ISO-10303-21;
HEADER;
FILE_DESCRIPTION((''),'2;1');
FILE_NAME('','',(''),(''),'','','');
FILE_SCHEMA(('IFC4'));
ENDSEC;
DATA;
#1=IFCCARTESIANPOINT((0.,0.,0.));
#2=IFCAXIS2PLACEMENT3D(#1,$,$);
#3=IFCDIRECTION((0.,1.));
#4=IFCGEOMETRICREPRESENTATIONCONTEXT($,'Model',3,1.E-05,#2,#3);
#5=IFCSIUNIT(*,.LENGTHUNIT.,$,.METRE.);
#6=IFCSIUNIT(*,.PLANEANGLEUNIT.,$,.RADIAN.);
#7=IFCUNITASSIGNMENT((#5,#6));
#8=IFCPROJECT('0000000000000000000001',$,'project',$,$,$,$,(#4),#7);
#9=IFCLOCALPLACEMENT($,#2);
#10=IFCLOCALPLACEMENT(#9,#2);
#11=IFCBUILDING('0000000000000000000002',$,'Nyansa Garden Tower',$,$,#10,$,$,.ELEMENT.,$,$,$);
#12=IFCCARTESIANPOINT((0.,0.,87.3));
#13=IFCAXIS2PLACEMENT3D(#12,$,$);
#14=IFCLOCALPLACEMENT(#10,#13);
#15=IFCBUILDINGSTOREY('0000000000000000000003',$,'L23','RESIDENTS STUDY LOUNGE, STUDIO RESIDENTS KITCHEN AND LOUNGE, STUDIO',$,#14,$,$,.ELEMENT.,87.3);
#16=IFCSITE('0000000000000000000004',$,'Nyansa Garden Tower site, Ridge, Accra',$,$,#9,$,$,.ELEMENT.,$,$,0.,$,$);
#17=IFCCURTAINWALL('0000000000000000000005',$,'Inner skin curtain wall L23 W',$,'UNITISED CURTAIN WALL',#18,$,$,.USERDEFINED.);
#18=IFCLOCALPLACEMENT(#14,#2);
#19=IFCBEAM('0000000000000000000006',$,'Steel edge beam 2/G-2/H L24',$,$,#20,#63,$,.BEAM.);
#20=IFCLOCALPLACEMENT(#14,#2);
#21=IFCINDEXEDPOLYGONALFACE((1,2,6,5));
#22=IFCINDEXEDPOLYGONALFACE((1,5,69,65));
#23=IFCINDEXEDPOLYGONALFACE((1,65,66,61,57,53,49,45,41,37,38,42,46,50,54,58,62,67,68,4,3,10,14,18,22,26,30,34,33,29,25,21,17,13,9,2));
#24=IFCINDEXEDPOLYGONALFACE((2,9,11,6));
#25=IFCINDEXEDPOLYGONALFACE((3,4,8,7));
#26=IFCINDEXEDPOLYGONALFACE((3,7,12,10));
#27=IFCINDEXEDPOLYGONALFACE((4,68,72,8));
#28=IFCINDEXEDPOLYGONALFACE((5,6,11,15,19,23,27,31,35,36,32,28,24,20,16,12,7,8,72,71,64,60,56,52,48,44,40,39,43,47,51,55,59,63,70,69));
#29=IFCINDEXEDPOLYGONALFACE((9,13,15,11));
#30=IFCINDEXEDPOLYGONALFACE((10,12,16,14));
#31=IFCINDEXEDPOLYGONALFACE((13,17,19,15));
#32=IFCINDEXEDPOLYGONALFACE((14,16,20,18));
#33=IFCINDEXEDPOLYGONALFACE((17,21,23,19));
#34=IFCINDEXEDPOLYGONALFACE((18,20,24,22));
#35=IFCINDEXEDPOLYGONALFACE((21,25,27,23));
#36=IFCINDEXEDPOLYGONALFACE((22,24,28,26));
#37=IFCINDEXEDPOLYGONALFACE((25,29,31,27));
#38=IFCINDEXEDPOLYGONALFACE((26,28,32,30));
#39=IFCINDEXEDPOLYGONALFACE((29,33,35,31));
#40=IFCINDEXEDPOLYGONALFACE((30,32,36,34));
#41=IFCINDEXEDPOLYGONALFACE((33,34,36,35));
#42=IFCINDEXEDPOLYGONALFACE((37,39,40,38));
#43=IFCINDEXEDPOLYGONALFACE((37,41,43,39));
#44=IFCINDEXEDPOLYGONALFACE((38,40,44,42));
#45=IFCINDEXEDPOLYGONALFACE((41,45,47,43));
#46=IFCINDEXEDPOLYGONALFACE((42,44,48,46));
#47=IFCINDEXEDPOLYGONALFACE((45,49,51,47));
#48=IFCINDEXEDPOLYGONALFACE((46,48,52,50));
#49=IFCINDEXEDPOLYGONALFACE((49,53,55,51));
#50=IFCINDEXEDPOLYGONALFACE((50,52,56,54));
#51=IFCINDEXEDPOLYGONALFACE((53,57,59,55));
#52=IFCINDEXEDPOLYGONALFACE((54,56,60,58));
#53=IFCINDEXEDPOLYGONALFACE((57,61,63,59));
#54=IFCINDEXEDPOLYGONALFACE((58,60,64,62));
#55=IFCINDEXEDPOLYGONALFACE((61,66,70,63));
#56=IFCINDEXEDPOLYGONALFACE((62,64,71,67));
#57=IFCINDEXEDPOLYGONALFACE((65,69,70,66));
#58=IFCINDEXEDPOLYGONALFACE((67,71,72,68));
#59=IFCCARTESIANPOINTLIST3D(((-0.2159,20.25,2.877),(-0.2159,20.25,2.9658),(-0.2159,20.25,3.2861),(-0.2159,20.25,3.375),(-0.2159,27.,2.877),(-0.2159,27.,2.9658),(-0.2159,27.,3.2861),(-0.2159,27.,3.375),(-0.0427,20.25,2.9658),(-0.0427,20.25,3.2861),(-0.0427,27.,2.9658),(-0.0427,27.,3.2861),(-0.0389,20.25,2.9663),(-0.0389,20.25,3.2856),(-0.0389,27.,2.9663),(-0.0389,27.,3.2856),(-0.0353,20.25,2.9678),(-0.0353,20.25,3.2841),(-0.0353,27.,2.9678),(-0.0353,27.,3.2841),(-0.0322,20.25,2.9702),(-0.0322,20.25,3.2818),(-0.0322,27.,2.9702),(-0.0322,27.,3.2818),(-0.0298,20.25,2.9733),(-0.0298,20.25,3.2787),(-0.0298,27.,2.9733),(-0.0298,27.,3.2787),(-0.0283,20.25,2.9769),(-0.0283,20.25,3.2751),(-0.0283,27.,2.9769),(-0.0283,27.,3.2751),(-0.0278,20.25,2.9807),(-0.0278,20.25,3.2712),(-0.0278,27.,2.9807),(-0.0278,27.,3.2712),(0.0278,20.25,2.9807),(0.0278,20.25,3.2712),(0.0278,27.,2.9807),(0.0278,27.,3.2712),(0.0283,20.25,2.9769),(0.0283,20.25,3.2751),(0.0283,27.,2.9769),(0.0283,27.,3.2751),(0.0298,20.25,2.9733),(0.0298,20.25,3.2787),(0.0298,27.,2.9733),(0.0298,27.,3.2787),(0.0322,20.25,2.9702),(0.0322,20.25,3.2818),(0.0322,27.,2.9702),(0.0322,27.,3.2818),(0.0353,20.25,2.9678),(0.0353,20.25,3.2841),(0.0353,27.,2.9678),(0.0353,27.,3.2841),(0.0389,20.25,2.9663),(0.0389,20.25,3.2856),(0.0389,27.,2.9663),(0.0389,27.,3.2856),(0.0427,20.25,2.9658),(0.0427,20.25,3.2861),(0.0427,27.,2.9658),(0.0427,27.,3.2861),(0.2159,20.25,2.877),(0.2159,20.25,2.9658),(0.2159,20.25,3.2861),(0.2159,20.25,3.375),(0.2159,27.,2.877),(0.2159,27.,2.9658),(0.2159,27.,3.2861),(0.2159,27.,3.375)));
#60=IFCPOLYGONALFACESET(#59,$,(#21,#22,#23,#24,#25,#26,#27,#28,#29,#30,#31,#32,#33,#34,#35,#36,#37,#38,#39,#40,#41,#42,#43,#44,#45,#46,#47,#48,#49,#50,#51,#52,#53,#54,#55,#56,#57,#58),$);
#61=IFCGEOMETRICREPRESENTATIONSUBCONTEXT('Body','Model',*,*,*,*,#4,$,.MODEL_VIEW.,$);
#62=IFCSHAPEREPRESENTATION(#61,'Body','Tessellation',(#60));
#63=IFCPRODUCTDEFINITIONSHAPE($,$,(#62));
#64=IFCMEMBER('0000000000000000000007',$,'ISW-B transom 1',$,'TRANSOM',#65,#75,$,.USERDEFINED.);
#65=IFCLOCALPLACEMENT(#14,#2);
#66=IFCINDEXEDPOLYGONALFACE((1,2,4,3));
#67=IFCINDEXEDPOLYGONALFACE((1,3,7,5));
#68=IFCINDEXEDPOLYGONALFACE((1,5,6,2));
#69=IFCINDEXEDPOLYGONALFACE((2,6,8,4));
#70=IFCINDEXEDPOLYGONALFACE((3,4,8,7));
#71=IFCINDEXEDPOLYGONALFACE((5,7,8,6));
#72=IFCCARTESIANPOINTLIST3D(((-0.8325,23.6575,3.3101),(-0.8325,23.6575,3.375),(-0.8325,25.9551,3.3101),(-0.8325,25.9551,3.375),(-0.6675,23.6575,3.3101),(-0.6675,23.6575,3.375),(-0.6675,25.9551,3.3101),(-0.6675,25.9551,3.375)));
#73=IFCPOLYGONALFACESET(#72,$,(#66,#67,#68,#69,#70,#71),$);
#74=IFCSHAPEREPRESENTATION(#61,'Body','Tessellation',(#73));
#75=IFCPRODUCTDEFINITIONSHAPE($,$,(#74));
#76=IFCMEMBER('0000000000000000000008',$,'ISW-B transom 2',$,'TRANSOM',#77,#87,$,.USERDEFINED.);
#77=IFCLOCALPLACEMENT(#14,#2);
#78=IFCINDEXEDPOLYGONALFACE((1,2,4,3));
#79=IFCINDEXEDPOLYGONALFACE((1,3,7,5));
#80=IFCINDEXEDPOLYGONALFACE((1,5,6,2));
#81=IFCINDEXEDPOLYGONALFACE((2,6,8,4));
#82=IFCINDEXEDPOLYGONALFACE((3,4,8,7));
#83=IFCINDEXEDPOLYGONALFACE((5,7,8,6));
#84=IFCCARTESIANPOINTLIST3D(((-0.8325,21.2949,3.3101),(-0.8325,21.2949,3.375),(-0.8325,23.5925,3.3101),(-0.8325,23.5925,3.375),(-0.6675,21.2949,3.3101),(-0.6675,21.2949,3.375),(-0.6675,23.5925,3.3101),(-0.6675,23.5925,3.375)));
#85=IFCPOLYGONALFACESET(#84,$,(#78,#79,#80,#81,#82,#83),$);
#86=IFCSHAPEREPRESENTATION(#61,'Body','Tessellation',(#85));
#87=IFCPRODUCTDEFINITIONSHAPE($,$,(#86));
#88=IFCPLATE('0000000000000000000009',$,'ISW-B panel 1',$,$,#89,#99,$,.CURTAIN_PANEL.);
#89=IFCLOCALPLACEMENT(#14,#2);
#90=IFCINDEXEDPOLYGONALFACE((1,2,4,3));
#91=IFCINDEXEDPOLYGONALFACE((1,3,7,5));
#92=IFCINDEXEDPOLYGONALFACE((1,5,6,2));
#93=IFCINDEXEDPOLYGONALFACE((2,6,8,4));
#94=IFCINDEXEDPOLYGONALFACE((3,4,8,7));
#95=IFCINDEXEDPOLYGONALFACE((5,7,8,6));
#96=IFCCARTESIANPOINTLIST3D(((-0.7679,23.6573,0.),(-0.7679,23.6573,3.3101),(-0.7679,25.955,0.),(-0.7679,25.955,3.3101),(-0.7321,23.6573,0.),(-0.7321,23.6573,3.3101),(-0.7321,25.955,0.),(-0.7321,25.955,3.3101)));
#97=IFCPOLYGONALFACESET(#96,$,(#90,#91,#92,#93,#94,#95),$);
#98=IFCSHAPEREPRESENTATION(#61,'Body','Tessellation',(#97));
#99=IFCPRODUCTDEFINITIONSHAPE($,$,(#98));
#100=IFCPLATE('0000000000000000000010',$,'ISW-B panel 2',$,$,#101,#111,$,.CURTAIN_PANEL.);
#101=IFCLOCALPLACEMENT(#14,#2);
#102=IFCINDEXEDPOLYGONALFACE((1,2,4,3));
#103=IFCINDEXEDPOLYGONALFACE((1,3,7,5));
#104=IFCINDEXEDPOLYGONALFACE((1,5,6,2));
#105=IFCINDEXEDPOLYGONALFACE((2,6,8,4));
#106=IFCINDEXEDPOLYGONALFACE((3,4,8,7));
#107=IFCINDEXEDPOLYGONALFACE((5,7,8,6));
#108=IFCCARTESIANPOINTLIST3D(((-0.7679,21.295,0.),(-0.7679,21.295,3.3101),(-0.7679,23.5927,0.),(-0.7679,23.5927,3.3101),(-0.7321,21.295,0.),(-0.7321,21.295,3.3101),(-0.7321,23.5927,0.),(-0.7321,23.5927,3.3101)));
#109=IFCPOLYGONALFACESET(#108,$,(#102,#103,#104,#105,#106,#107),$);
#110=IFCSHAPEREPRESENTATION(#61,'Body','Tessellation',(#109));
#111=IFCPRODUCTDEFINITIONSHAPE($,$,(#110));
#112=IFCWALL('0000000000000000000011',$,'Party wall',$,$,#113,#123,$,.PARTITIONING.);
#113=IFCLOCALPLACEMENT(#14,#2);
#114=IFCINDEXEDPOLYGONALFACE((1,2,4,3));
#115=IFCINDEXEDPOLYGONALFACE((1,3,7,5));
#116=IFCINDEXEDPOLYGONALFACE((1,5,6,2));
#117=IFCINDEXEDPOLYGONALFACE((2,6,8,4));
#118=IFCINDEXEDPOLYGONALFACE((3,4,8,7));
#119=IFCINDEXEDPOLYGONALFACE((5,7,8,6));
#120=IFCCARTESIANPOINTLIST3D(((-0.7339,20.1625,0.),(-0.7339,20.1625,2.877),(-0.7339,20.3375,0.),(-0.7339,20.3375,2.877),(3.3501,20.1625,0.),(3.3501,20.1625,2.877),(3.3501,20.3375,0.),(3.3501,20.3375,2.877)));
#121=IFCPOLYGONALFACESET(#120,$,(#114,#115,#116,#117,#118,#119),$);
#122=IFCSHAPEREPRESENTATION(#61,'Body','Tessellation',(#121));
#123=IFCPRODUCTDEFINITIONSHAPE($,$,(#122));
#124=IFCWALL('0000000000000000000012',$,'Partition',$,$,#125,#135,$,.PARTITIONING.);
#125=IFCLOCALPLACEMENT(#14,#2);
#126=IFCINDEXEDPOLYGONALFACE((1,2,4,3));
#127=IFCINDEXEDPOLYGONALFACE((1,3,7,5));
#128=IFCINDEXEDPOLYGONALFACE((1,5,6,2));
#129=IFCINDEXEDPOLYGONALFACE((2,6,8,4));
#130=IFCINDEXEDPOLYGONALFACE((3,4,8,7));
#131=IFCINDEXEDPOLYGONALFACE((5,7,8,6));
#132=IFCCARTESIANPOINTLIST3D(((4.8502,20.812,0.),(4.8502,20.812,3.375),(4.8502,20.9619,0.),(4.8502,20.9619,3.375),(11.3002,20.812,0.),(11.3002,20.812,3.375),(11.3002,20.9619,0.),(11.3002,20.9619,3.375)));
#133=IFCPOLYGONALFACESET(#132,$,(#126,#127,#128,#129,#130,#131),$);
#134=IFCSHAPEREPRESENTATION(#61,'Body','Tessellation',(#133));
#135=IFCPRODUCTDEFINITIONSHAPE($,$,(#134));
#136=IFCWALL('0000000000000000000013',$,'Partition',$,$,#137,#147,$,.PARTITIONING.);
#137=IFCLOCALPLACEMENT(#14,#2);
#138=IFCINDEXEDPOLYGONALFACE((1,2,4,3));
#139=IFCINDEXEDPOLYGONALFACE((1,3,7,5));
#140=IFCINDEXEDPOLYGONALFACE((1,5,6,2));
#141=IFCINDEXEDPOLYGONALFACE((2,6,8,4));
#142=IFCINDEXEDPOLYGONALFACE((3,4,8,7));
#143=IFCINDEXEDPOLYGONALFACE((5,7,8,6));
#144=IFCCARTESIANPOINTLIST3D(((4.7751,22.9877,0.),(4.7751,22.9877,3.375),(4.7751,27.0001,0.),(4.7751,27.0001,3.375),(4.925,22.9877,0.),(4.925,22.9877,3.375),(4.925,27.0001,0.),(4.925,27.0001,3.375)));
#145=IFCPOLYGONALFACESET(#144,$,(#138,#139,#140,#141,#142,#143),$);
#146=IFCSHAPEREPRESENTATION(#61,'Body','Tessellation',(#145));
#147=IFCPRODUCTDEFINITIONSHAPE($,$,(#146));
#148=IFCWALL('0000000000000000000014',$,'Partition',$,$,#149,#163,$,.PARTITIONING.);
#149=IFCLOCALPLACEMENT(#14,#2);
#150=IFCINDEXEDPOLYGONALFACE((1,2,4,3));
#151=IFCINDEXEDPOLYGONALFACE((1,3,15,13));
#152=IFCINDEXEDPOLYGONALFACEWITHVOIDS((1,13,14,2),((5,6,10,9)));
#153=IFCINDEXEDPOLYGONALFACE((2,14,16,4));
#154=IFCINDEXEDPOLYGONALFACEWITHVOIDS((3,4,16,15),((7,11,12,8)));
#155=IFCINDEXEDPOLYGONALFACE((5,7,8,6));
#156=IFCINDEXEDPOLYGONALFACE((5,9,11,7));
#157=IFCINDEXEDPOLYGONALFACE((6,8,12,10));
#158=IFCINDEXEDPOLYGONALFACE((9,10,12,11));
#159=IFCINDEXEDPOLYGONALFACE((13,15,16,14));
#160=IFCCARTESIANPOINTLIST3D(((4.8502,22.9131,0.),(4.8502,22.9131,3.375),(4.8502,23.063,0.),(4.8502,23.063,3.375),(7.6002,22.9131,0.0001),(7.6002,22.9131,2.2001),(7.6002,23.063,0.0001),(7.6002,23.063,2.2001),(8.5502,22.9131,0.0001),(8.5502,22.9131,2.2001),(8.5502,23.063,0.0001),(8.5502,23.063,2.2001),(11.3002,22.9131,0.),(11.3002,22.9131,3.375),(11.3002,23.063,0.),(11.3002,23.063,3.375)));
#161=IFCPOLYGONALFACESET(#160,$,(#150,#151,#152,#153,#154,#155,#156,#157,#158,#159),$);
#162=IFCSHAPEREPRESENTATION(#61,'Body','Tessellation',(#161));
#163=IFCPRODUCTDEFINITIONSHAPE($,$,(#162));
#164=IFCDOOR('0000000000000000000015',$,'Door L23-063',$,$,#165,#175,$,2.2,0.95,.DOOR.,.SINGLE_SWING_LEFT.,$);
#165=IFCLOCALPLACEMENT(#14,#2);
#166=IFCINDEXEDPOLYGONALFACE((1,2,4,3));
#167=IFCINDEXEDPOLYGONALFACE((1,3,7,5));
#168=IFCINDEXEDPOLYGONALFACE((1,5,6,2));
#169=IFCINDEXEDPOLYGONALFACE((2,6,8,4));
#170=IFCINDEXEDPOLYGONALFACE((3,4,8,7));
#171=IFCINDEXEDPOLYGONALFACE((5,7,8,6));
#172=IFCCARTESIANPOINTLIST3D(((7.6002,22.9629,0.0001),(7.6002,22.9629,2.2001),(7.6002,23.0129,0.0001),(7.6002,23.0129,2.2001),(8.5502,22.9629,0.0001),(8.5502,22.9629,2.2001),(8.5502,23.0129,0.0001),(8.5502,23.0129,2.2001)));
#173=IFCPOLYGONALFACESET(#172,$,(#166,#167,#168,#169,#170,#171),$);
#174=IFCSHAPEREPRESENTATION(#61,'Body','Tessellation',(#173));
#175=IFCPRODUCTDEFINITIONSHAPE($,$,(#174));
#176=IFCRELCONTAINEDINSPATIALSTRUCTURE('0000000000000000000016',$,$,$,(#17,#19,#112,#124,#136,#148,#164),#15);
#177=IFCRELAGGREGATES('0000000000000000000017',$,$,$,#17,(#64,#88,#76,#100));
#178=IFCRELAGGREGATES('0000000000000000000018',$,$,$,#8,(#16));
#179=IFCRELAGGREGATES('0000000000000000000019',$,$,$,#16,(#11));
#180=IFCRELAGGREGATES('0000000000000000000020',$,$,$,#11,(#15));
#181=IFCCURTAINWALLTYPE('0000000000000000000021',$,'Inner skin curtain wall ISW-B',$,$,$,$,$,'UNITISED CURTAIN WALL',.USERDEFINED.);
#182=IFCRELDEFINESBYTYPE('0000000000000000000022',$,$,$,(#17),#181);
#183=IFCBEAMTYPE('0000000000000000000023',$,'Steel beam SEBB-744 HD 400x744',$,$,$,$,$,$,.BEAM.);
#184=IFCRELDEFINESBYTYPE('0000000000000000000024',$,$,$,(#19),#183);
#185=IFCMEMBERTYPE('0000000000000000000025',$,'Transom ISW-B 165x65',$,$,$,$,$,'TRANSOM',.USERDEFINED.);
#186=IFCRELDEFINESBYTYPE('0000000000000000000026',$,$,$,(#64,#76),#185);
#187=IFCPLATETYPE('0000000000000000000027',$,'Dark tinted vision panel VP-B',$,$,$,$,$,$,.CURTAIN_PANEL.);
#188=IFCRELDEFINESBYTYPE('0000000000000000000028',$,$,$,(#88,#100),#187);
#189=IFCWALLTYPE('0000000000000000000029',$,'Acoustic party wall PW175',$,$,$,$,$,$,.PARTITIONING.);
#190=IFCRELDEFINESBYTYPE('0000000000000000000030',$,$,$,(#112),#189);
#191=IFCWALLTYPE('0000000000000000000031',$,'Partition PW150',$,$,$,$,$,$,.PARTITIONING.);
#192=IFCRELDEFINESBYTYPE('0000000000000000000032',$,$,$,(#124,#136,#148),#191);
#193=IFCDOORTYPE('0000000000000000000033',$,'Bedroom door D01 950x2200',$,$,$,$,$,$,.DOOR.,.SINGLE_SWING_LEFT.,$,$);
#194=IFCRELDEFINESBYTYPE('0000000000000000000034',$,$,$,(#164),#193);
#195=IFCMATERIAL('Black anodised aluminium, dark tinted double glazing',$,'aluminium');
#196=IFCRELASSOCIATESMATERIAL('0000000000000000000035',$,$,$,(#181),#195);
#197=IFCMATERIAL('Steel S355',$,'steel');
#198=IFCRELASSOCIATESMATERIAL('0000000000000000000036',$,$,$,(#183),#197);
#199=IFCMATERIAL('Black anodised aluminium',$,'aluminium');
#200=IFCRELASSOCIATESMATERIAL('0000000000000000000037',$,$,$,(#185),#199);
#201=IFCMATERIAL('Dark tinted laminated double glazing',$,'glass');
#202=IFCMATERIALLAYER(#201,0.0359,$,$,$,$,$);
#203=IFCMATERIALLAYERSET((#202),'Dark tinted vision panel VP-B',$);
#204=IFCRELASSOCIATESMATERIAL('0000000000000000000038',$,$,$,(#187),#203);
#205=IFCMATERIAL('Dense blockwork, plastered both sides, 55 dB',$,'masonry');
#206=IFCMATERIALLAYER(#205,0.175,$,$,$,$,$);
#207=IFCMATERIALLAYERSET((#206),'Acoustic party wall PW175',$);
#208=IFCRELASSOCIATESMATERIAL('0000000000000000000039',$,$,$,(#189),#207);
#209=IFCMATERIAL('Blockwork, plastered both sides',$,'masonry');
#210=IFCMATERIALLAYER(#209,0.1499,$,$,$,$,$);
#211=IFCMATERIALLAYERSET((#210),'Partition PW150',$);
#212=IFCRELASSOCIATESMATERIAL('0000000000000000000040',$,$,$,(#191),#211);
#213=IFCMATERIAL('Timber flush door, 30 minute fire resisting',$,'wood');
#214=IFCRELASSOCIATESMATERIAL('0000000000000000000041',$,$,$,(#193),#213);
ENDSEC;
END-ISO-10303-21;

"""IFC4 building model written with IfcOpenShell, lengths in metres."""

from ifc_helpers import new_model, si_unit, direction, frame, frame_2d, origin, origin_2d, place, context, subcontext, project, spatial, rectangle, i_section, extrude, material, layer, layer_set, material_profile, profile_set, type_object, element, fill, aggregate, save


model = new_model("IFC4")

# Units and contexts
model_context = context("Model", 3, precision=1e-05, world=origin(), true_north=direction((0.0, 1.0)))
body_context = subcontext(model_context, "Body", "Model", "MODEL_VIEW")
ifc_project = project(units=[si_unit("LENGTHUNIT", "METRE"), si_unit("PLANEANGLEUNIT", "RADIAN")], contexts=[model_context])

# Site, building, storey
site_placement = place(None, origin())
site = spatial("IfcSite", under=ifc_project, at=site_placement, Name="Nyansa Garden Tower site, Ridge, Accra", CompositionType="ELEMENT", RefElevation=0.0)
building_placement = place(site_placement, origin())
building = spatial("IfcBuilding", under=site, at=building_placement, Name="Nyansa Garden Tower", CompositionType="ELEMENT")
storey_placement = place(building_placement, frame((0.0, 0.0, 87.3)))
storey = spatial("IfcBuildingStorey", under=building, at=storey_placement, Name="L23", Description="RESIDENTS STUDY LOUNGE, STUDIO RESIDENTS KITCHEN AND LOUNGE, STUDIO", CompositionType="ELEMENT", Elevation=87.3)

# Curtain wall
ifc_material_1 = material(Name="Black anodised aluminium, dark tinted double glazing", Category="aluminium")
curtain_wall_type = type_object("IfcCurtainWallType", Name="Inner skin curtain wall ISW-B", ElementType="UNITISED CURTAIN WALL", PredefinedType="USERDEFINED", material=ifc_material_1)
curtain_wall_placement = place(storey_placement, origin())
curtain_wall = element("IfcCurtainWall", 1, at=curtain_wall_placement, inside=storey, type_object=curtain_wall_type, Name="Inner skin curtain wall L23 W", ObjectType="UNITISED CURTAIN WALL", PredefinedType="USERDEFINED")

# Beam
ifc_material_2 = material(Name="Steel S355", Category="steel")
ifc_material_profile_1 = material_profile(ifc_material_2, i_section(OverallWidth=0.4319, OverallDepth=0.498, WebThickness=0.0557, FlangeThickness=0.0889, FilletRadius=0.0149, at=origin_2d()), Name="HD 400x744")
ifc_profile_set_1 = profile_set([ifc_material_profile_1], Name="Steel S355")
beam_type_1 = type_object("IfcBeamType", Name="Steel beam SEBB-744 HD 400x744", PredefinedType="BEAM", material=ifc_profile_set_1)
beam_1_placement = place(storey_placement, frame((0.0, 20.25, 3.126), z_axis=(0.0, 1.0, 0.0), x_axis=(-1.0, 0.0, 0.0)))
element("IfcBeam", 2, at=beam_1_placement, inside=storey, type_object=beam_type_1, Name="Steel edge beam 2/G-2/H L24", PredefinedType="BEAM", context=body_context, shape_type="SweptSolid", body=[
    extrude(i_section(OverallWidth=0.4319, OverallDepth=0.498, WebThickness=0.0557, FlangeThickness=0.0889, FilletRadius=0.0149, at=origin_2d()), origin(), (0.0, 0.0, 1.0), 6.75),
])

# Members
ifc_material_3 = material(Name="Black anodised aluminium", Category="aluminium")
ifc_material_profile_2 = material_profile(ifc_material_3, rectangle(XDim=0.165, YDim=0.0649, at=origin_2d()), Name="Transom 165x65")
ifc_profile_set_2 = profile_set([ifc_material_profile_2], Name="Black anodised aluminium")
member_type_1 = type_object("IfcMemberType", Name="Transom ISW-B 165x65", ElementType="TRANSOM", PredefinedType="USERDEFINED", material=ifc_profile_set_2)
member_1_placement = place(storey_placement, frame((-0.75, 25.9551, 3.3425), z_axis=(0.0, -1.0, 0.0), x_axis=(1.0, 0.0, 0.0)))
member_1 = element("IfcMember", 3, at=member_1_placement, type_object=member_type_1, Name="ISW-B transom 1", ObjectType="TRANSOM", PredefinedType="USERDEFINED", context=body_context, shape_type="SweptSolid", body=[
    extrude(rectangle(XDim=0.165, YDim=0.0649, at=origin_2d()), origin(), (0.0, 0.0, 1.0), 2.2976),
])
member_2_placement = place(storey_placement, frame((-0.75, 23.5925, 3.3425), z_axis=(0.0, -1.0, 0.0), x_axis=(1.0, 0.0, 0.0)))
member_2 = element("IfcMember", 4, at=member_2_placement, type_object=member_type_1, Name="ISW-B transom 2", ObjectType="TRANSOM", PredefinedType="USERDEFINED", context=body_context, shape_type="SweptSolid", body=[
    extrude(rectangle(XDim=0.165, YDim=0.0649, at=origin_2d()), origin(), (0.0, 0.0, 1.0), 2.2976),
])

# Plates
ifc_material_4 = material(Name="Dark tinted laminated double glazing", Category="glass")
ifc_layer_1 = layer(ifc_material_4, 0.0359)
ifc_layer_set_1 = layer_set([ifc_layer_1], Name="Dark tinted vision panel VP-B")
plate_type = type_object("IfcPlateType", Name="Dark tinted vision panel VP-B", PredefinedType="CURTAIN_PANEL", material=ifc_layer_set_1)
plate_1_placement = place(storey_placement, frame((-0.75, 24.8062, 0.0), z_axis=(0.0, 0.0, 1.0), x_axis=(0.0, -1.0, 0.0)))
plate_1 = element("IfcPlate", 5, at=plate_1_placement, type_object=plate_type, Name="ISW-B panel 1", PredefinedType="CURTAIN_PANEL", context=body_context, shape_type="SweptSolid", body=[
    extrude(rectangle(XDim=2.2976, YDim=0.0359, at=origin_2d()), origin(), (0.0, 0.0, 1.0), 3.3101),
])
plate_2_placement = place(storey_placement, frame((-0.75, 22.4438, 0.0), z_axis=(0.0, 0.0, 1.0), x_axis=(0.0, -1.0, 0.0)))
plate_2 = element("IfcPlate", 6, at=plate_2_placement, type_object=plate_type, Name="ISW-B panel 2", PredefinedType="CURTAIN_PANEL", context=body_context, shape_type="SweptSolid", body=[
    extrude(rectangle(XDim=2.2976, YDim=0.0359, at=origin_2d()), origin(), (0.0, 0.0, 1.0), 3.3101),
])
aggregate(curtain_wall, [member_1, plate_1, member_2, plate_2])

# Walls
ifc_material_5 = material(Name="Dense blockwork, plastered both sides, 55 dB", Category="masonry")
ifc_layer_2 = layer(ifc_material_5, 0.175)
ifc_layer_set_2 = layer_set([ifc_layer_2], Name="Acoustic party wall PW175")
wall_type_1 = type_object("IfcWallType", Name="Acoustic party wall PW175", PredefinedType="PARTITIONING", material=ifc_layer_set_2)
wall_1_placement = place(storey_placement, frame((-0.7339, 20.25, 0.0), z_axis=(0.0, 0.0, 1.0), x_axis=(1.0, 0.0, 0.0)))
element("IfcWall", 7, at=wall_1_placement, inside=storey, type_object=wall_type_1, Name="Party wall", PredefinedType="PARTITIONING", context=body_context, shape_type="SweptSolid", body=[
    extrude(rectangle(XDim=4.084, YDim=0.175, at=frame_2d((2.042, 0.0))), origin(), (0.0, 0.0, 1.0), 2.877),
])
ifc_material_6 = material(Name="Blockwork, plastered both sides", Category="masonry")
ifc_layer_3 = layer(ifc_material_6, 0.1499)
ifc_layer_set_3 = layer_set([ifc_layer_3], Name="Partition PW150")
wall_type_2 = type_object("IfcWallType", Name="Partition PW150", PredefinedType="PARTITIONING", material=ifc_layer_set_3)
wall_2_placement = place(storey_placement, frame((4.8501, 20.887, 0.0), z_axis=(0.0, 0.0, 1.0), x_axis=(1.0, 0.0, 0.0)))
element("IfcWall", 8, at=wall_2_placement, inside=storey, type_object=wall_type_2, Name="Partition", PredefinedType="PARTITIONING", context=body_context, shape_type="SweptSolid", body=[
    extrude(rectangle(XDim=6.45, YDim=0.1499, at=frame_2d((3.2251, 0.0))), origin(), (0.0, 0.0, 1.0), 3.375),
])
wall_3_placement = place(storey_placement, frame((4.8501, 22.9875, 0.0), z_axis=(0.0, 0.0, 1.0), x_axis=(0.0, 1.0, 0.0)))
element("IfcWall", 9, at=wall_3_placement, inside=storey, type_object=wall_type_2, Name="Partition", PredefinedType="PARTITIONING", context=body_context, shape_type="SweptSolid", body=[
    extrude(rectangle(XDim=4.0125, YDim=0.1499, at=frame_2d((2.0063, 0.0))), origin(), (0.0, 0.0, 1.0), 3.375),
])

# Wall, opening, door
wall_4_placement = place(storey_placement, frame((4.8501, 22.988, 0.0), z_axis=(0.0, 0.0, 1.0), x_axis=(1.0, 0.0, 0.0)))
wall_4 = element("IfcWall", 10, at=wall_4_placement, inside=storey, type_object=wall_type_2, Name="Partition", PredefinedType="PARTITIONING", context=body_context, shape_type="SweptSolid", body=[
    extrude(rectangle(XDim=6.45, YDim=0.1499, at=frame_2d((3.2251, 0.0))), origin(), (0.0, 0.0, 1.0), 3.375),
])
opening_1_placement = place(wall_4_placement, frame((2.75, 0.0, 0.0)))
opening_1 = element("IfcOpeningElement", 11, at=opening_1_placement, cuts=wall_4, PredefinedType="OPENING", context=body_context, shape_type="SweptSolid", body=[
    extrude(rectangle(XDim=0.95, YDim=2.2, at=frame_2d((0.4751, 1.1001))), frame((0.0, 0.085, 0.0), z_axis=(0.0, -1.0, 0.0), x_axis=(1.0, 0.0, 0.0)), (0.0, 0.0, 1.0), 0.1699),
])
ifc_material_7 = material(Name="Timber flush door, 30 minute fire resisting", Category="wood")
door_type_1 = type_object("IfcDoorType", Name="Bedroom door D01 950x2200", OperationType="SINGLE_SWING_LEFT", PredefinedType="DOOR", material=ifc_material_7)
door_1_placement = place(opening_1_placement, origin())
door_1 = element("IfcDoor", 12, at=door_1_placement, inside=storey, type_object=door_type_1, Name="Door L23-063", OperationType="SINGLE_SWING_LEFT", OverallHeight=2.2, OverallWidth=0.95, PredefinedType="DOOR", context=body_context, shape_type="SweptSolid", body=[
    extrude(rectangle(XDim=0.95, YDim=2.2, at=frame_2d((0.4751, 1.1001))), frame((0.0, 0.0249, 0.0), z_axis=(0.0, -1.0, 0.0), x_axis=(1.0, 0.0, 0.0)), (0.0, 0.0, 1.0), 0.05),
])
fill(opening_1, door_1)

save(model, "model.ifc")
